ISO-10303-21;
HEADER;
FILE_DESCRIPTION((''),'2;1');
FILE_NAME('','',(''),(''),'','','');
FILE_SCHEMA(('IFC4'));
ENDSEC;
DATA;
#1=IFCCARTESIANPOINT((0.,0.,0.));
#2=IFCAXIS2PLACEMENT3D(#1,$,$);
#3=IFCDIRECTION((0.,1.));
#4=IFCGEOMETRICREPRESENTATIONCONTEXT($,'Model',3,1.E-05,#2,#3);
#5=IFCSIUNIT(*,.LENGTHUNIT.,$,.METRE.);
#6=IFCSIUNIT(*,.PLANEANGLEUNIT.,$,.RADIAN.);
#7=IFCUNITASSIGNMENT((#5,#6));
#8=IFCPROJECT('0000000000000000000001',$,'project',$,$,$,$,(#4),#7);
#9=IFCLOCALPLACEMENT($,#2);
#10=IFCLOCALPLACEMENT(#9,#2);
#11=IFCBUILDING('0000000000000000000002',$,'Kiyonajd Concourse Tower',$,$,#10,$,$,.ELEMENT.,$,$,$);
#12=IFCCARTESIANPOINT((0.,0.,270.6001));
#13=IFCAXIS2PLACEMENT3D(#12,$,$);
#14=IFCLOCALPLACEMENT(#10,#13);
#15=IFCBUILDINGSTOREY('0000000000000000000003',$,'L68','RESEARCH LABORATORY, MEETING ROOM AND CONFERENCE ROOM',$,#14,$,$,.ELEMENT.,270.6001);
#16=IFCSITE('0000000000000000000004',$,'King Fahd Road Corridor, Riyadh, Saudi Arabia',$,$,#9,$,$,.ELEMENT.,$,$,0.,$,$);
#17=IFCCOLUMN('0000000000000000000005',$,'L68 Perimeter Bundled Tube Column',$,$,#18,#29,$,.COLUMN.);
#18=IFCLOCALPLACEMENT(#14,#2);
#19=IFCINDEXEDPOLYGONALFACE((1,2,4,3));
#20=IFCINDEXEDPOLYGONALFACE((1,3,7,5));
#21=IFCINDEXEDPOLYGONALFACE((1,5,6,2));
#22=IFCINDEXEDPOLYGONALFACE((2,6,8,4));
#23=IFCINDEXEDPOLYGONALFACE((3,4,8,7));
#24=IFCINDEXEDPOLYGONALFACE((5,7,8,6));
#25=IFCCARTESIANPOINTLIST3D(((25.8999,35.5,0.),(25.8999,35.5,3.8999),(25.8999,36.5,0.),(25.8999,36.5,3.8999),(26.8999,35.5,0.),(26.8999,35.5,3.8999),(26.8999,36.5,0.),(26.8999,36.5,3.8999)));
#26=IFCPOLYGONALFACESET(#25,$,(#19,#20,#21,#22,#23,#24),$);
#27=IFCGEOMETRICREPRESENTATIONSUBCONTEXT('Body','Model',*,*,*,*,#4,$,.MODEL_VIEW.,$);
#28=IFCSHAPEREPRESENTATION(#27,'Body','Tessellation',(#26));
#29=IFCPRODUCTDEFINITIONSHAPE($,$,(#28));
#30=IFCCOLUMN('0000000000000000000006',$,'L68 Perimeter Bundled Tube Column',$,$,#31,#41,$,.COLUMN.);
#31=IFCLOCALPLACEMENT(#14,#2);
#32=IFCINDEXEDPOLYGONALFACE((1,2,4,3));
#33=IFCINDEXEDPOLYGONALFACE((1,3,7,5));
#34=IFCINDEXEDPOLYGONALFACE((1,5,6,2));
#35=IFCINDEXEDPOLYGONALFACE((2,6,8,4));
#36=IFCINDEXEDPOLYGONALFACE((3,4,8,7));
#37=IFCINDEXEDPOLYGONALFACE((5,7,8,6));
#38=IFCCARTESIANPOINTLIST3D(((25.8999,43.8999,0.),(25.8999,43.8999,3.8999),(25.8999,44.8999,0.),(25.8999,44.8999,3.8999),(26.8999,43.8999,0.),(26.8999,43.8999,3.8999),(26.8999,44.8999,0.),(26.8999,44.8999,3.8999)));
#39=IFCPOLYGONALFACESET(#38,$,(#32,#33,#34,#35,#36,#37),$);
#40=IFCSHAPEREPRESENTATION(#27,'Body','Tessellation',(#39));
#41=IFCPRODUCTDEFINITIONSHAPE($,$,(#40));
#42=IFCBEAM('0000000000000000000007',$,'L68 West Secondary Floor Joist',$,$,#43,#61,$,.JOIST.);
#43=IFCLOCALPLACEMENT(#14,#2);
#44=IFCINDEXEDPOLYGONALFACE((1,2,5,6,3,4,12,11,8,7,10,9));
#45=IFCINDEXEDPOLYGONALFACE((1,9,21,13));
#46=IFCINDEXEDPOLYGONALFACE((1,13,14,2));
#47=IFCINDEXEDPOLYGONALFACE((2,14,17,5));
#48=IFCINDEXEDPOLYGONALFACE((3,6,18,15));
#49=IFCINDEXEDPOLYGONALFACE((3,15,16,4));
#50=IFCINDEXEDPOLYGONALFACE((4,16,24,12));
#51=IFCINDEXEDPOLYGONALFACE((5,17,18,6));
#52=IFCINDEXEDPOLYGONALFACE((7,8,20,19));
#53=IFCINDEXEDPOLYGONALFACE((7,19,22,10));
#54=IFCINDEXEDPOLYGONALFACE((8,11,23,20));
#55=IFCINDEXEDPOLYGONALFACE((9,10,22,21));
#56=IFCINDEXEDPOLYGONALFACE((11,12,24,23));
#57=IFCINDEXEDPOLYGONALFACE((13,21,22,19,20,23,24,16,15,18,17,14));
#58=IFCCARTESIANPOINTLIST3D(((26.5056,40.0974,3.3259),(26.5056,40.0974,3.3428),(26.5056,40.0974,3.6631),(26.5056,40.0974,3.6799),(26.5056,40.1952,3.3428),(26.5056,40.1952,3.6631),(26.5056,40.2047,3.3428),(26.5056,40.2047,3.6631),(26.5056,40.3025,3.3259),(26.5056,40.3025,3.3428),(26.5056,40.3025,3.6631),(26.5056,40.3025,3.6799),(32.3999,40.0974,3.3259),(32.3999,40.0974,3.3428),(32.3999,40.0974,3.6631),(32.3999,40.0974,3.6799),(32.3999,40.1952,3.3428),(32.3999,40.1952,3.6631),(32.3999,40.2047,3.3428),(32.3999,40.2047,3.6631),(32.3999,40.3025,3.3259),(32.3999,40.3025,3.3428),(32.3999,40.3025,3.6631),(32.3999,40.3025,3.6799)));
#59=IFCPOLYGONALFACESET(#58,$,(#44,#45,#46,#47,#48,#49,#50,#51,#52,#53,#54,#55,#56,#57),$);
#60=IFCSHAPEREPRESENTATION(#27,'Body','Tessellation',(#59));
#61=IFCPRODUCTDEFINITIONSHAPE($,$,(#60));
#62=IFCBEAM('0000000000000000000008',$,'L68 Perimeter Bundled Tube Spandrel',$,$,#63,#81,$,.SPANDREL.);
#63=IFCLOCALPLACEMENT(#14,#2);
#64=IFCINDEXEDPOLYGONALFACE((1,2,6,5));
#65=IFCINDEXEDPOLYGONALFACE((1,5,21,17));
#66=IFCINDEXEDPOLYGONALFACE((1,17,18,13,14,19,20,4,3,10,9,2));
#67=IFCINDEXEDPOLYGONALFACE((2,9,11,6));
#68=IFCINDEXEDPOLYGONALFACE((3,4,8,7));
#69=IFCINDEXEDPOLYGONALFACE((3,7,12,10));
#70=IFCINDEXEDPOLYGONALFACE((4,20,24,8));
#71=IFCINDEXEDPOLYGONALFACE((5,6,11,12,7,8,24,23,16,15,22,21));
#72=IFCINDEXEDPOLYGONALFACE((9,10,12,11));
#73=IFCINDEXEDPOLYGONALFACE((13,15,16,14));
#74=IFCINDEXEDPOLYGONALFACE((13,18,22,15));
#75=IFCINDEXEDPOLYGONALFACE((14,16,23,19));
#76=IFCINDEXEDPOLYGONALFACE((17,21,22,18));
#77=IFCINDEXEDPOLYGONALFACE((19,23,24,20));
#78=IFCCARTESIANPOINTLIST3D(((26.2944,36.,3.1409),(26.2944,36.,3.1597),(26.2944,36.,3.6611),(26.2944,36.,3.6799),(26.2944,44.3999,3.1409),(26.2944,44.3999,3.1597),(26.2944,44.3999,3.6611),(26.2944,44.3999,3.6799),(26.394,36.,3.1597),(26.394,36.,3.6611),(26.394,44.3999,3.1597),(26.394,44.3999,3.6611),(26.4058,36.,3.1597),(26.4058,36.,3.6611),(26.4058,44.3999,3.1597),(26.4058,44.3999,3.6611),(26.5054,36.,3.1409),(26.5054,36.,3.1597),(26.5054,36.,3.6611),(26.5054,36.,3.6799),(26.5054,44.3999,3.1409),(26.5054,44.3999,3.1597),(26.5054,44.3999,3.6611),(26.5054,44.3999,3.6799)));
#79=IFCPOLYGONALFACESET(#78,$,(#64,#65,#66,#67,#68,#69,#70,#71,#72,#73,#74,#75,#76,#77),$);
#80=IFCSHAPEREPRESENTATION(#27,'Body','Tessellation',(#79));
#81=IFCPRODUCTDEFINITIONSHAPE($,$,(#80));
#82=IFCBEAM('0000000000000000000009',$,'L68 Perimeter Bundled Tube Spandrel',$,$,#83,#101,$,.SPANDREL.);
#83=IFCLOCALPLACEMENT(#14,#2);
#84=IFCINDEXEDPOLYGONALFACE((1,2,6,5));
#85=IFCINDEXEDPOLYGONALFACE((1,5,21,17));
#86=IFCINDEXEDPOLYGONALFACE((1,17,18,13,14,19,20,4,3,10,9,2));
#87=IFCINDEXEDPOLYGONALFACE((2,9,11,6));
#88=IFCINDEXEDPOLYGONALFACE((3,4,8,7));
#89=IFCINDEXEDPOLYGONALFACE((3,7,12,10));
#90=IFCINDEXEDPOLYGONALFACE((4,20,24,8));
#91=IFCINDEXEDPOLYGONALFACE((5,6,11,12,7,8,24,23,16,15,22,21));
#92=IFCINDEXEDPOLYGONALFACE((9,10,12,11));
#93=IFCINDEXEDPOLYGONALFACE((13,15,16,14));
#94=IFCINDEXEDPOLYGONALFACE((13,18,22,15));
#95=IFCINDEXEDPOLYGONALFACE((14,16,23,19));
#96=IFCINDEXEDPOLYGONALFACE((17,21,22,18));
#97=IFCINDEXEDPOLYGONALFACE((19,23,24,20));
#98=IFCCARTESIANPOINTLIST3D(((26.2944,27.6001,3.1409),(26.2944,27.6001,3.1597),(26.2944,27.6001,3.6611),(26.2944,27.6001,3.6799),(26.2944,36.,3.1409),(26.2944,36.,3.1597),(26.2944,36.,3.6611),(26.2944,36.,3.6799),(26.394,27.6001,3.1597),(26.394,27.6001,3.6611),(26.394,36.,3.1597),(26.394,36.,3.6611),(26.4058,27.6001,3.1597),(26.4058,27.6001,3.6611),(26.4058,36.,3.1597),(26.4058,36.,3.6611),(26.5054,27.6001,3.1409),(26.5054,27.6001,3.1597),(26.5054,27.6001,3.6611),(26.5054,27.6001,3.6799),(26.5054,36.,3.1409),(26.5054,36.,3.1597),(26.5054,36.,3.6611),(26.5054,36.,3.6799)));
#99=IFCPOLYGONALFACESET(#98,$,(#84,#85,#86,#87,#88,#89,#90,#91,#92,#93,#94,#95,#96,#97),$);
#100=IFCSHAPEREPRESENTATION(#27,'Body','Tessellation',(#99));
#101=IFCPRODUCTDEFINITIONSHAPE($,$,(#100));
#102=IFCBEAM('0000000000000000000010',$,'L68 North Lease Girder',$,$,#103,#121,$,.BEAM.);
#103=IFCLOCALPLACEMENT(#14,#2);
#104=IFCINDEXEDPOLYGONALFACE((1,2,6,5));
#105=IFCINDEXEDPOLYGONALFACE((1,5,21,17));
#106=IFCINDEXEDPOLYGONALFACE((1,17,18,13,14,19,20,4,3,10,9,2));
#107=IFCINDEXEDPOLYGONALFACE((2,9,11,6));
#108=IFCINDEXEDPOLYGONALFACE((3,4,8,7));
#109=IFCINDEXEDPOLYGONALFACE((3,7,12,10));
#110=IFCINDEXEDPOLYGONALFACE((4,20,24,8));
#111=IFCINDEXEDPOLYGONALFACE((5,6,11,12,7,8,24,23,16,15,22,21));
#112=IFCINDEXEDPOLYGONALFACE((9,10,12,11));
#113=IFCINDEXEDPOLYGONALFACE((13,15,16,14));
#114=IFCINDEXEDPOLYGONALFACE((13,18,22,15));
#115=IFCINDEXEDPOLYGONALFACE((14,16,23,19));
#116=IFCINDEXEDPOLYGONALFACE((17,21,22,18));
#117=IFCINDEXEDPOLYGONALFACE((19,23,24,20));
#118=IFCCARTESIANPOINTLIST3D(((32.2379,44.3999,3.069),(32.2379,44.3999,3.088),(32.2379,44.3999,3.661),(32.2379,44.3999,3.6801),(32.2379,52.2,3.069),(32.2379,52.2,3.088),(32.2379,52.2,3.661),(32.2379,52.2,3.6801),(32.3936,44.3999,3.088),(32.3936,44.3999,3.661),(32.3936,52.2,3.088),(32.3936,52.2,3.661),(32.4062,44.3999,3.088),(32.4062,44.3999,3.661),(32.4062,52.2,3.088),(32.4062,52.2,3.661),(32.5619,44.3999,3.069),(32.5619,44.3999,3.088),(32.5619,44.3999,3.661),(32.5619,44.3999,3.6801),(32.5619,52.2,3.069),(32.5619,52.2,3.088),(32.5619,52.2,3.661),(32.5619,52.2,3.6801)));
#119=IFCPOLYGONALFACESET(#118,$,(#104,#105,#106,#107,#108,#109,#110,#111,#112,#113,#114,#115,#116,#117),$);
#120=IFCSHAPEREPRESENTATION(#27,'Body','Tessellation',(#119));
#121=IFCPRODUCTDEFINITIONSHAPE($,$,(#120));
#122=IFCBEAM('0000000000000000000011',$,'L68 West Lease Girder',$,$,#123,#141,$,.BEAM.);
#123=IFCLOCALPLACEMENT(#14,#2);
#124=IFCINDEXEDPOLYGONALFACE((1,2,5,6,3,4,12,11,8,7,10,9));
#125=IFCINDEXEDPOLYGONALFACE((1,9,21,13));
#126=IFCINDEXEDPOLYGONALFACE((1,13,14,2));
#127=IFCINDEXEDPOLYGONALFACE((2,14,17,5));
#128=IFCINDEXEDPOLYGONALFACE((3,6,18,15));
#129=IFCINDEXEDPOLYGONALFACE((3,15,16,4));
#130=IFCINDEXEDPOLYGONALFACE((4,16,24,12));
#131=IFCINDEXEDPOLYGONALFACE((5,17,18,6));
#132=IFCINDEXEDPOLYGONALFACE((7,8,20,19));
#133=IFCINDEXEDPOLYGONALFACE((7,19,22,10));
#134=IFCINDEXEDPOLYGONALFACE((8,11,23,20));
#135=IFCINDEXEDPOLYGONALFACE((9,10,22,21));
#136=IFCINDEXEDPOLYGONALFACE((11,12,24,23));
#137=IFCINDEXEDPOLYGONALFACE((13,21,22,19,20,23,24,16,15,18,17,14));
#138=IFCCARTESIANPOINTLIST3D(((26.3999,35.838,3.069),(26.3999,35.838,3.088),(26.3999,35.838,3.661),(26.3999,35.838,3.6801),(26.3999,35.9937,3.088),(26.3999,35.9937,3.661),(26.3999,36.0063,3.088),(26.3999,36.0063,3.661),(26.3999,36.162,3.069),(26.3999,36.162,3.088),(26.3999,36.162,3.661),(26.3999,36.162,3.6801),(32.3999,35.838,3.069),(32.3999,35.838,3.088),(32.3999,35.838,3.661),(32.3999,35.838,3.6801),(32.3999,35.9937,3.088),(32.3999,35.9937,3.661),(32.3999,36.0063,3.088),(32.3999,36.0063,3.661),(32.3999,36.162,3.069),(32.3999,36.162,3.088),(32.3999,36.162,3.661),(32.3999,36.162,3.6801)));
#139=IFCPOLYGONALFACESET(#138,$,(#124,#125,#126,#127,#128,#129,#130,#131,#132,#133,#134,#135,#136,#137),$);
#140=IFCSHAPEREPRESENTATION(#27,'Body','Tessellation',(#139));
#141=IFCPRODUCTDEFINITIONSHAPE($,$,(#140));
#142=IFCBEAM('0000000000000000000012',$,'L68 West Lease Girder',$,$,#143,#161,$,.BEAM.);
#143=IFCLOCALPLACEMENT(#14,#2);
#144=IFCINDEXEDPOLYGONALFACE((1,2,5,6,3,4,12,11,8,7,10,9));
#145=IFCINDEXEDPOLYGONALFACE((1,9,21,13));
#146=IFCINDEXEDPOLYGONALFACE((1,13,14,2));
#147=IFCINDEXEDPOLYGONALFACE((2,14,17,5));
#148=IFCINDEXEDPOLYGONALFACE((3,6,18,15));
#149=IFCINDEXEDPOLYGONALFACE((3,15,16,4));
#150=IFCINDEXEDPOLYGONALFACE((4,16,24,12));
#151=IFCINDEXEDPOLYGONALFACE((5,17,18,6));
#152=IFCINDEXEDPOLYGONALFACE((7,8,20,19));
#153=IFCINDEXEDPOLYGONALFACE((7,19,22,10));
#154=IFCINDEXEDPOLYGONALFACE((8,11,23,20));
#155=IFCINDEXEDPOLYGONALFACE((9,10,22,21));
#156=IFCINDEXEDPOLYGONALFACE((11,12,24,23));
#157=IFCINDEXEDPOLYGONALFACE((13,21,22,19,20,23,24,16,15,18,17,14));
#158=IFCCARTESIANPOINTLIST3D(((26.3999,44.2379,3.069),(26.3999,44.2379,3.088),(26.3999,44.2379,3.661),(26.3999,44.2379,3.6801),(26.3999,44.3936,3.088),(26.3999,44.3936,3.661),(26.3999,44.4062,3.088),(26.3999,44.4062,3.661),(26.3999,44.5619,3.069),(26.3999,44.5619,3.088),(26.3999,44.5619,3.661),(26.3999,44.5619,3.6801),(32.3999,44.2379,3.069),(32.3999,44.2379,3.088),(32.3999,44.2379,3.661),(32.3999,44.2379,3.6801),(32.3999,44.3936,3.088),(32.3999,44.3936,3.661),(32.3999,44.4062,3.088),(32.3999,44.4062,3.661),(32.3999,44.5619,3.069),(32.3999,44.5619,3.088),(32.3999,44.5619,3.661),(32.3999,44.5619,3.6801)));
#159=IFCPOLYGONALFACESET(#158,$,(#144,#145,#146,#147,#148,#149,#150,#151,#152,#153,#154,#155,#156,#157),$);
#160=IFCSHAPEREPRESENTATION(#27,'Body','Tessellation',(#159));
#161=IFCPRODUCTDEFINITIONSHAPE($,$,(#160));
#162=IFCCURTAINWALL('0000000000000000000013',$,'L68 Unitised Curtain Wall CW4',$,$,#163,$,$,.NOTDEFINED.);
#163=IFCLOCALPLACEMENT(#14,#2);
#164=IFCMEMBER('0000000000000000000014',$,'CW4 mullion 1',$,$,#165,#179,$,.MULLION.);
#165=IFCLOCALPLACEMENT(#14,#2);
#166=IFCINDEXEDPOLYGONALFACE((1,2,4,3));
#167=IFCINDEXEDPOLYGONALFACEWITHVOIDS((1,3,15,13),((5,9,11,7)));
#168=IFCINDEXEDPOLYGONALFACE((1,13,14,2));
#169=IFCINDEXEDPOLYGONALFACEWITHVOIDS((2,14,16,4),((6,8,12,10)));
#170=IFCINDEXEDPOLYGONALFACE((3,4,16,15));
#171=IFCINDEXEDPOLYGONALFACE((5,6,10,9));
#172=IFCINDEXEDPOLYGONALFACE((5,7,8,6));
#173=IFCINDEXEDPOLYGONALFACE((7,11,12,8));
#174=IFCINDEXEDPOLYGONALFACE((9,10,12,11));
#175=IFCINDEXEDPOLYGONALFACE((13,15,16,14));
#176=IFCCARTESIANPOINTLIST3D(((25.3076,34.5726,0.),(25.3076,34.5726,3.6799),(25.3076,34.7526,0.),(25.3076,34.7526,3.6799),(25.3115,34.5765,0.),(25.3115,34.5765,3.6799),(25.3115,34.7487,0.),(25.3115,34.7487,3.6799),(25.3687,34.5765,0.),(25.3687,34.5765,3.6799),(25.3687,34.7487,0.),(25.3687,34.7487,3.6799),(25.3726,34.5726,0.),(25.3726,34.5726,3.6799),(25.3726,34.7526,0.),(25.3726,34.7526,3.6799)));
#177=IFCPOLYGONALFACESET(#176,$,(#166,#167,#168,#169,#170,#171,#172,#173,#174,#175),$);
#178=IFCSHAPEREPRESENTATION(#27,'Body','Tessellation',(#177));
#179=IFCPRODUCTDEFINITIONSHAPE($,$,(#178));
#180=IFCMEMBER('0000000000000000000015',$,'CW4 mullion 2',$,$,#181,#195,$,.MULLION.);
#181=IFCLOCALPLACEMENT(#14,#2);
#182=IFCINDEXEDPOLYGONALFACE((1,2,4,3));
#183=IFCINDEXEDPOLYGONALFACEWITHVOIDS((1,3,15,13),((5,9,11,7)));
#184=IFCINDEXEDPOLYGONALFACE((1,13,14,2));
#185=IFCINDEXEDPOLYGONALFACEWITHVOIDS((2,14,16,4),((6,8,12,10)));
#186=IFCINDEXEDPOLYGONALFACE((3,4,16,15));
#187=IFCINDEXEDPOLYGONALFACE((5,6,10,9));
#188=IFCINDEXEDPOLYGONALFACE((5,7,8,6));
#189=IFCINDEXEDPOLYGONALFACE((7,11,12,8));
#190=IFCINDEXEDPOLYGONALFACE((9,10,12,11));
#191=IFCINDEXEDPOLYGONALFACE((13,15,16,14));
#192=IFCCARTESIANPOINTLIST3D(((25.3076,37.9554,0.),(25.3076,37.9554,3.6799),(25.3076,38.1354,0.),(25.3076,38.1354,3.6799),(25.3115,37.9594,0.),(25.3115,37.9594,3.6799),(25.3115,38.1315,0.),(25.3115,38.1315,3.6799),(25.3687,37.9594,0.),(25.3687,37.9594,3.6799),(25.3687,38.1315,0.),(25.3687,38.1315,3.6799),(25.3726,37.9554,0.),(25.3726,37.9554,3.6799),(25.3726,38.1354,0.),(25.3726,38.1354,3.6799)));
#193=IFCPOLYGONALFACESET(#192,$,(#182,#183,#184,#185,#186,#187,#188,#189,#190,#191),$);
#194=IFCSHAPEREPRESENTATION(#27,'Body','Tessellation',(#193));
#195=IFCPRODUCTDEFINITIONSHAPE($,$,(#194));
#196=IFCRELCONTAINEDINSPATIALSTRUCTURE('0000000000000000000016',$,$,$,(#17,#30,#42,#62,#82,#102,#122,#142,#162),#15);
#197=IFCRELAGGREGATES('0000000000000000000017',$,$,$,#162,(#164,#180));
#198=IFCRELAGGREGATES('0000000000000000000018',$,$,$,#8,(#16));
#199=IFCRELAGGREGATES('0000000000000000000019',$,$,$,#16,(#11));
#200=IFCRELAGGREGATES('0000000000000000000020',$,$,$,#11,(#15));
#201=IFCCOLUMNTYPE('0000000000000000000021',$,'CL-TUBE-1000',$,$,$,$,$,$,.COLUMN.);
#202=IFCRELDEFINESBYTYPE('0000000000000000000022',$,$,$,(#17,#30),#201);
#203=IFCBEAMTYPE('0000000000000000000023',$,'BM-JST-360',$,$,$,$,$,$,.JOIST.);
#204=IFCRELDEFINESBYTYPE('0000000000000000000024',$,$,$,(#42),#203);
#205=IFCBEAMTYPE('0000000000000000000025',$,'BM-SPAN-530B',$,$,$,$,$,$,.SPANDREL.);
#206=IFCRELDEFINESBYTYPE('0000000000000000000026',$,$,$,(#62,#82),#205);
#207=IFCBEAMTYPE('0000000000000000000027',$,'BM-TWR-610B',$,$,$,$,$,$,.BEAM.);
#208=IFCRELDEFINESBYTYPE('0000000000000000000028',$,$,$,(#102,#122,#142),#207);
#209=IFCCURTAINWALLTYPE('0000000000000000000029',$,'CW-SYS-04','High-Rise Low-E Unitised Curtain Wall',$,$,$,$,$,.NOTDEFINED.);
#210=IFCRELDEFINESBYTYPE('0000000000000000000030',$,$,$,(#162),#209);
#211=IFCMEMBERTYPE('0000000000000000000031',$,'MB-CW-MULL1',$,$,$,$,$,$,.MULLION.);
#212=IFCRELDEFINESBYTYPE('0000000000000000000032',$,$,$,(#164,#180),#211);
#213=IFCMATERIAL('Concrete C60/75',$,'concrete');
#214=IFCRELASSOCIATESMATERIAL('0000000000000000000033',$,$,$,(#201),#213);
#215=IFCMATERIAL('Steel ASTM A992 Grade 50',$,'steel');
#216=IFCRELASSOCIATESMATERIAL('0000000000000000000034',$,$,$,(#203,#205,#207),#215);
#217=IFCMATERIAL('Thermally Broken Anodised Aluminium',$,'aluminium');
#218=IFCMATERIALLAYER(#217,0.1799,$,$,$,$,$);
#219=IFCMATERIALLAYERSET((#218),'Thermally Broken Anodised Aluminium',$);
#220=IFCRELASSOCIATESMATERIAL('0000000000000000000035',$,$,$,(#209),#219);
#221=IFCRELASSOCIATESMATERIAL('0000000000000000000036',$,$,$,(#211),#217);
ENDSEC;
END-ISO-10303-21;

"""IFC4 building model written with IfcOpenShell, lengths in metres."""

from ifc_helpers import new_model, si_unit, direction, frame, origin, origin_2d, place, context, subcontext, project, spatial, rectangle, hollow_rectangle, i_section, extrude, material, layer, layer_set, material_profile, profile_set, type_object, element, aggregate, save


model = new_model("IFC4")

# Units and contexts
model_context = context("Model", 3, precision=1e-05, world=origin(), true_north=direction((0.0, 1.0)))
body_context = subcontext(model_context, "Body", "Model", "MODEL_VIEW")
ifc_project = project(units=[si_unit("LENGTHUNIT", "METRE"), si_unit("PLANEANGLEUNIT", "RADIAN")], contexts=[model_context])

# Site, building, storey
site_placement = place(None, origin())
site = spatial("IfcSite", under=ifc_project, at=site_placement, Name="King Fahd Road Corridor, Riyadh, Saudi Arabia", CompositionType="ELEMENT", RefElevation=0.0)
building_placement = place(site_placement, origin())
building = spatial("IfcBuilding", under=site, at=building_placement, Name="Kiyonajd Concourse Tower", CompositionType="ELEMENT")
storey_placement = place(building_placement, frame((0.0, 0.0, 270.6001)))
storey = spatial("IfcBuildingStorey", under=building, at=storey_placement, Name="L68", Description="RESEARCH LABORATORY, MEETING ROOM AND CONFERENCE ROOM", CompositionType="ELEMENT", Elevation=270.6001)

# Columns
ifc_material_1 = material(Name="Concrete C60/75", Category="concrete")
ifc_material_profile_1 = material_profile(ifc_material_1, rectangle(XDim=1.0, YDim=1.0, at=origin_2d()), Name="RC-1000x1000")
ifc_profile_set_1 = profile_set([ifc_material_profile_1], Name="Concrete C60/75")
column_type = type_object("IfcColumnType", Name="CL-TUBE-1000", PredefinedType="COLUMN", material=ifc_profile_set_1)
for number, where, z_axis, x_axis, name in (
    (1, (26.3999, 36.0, 0.0), (0.0, 0.0, 1.0), (1.0, 0.0, 0.0), "L68 Perimeter Bundled Tube Column"),
    (2, (26.3999, 44.3999, 0.0), (0.0, 0.0, 1.0), (1.0, 0.0, 0.0), "L68 Perimeter Bundled Tube Column"),
):
    element("IfcColumn", number, at=place(storey_placement, frame(where, z_axis=z_axis, x_axis=x_axis)), inside=storey, type_object=column_type, Name=name, PredefinedType="COLUMN", context=body_context, shape_type="SweptSolid", body=[
        extrude(rectangle(XDim=1.0, YDim=1.0, at=origin_2d()), origin(), (0.0, 0.0, 1.0), 3.8999),
    ])

# Beams
ifc_material_2 = material(Name="Steel ASTM A992 Grade 50", Category="steel")
ifc_material_profile_2 = material_profile(ifc_material_2, i_section(OverallWidth=0.2051, OverallDepth=0.354, WebThickness=0.0095, FlangeThickness=0.0168, at=origin_2d()), Name="W360X79")
ifc_profile_set_2 = profile_set([ifc_material_profile_2], Name="Steel ASTM A992 Grade 50")
beam_type_1 = type_object("IfcBeamType", Name="BM-JST-360", PredefinedType="JOIST", material=ifc_profile_set_2)
beam_1_placement = place(storey_placement, frame((26.5056, 40.2, 3.5029), z_axis=(1.0, 0.0, 0.0), x_axis=(0.0, 1.0, 0.0)))
element("IfcBeam", 3, at=beam_1_placement, inside=storey, type_object=beam_type_1, Name="L68 West Secondary Floor Joist", PredefinedType="JOIST", context=body_context, shape_type="SweptSolid", body=[
    extrude(i_section(OverallWidth=0.2051, OverallDepth=0.354, WebThickness=0.0095, FlangeThickness=0.0168, at=origin_2d()), origin(), (0.0, 0.0, 1.0), 5.8943),
])
ifc_material_profile_3 = material_profile(ifc_material_2, i_section(OverallWidth=0.2109, OverallDepth=0.5391, WebThickness=0.0117, FlangeThickness=0.0188, at=origin_2d()), Name="W530X109")
ifc_profile_set_3 = profile_set([ifc_material_profile_3], Name="Steel ASTM A992 Grade 50")
beam_type_2 = type_object("IfcBeamType", Name="BM-SPAN-530B", PredefinedType="SPANDREL", material=ifc_profile_set_3)
for number, where, z_axis, x_axis, name in (
    (4, (26.3999, 44.3999, 3.4104), (0.0, -1.0, 0.0), (1.0, 0.0, 0.0), "L68 Perimeter Bundled Tube Spandrel"),
    (5, (26.3999, 36.0, 3.4104), (0.0, -1.0, 0.0), (1.0, 0.0, 0.0), "L68 Perimeter Bundled Tube Spandrel"),
):
    element("IfcBeam", number, at=place(storey_placement, frame(where, z_axis=z_axis, x_axis=x_axis)), inside=storey, type_object=beam_type_2, Name=name, PredefinedType="SPANDREL", context=body_context, shape_type="SweptSolid", body=[
        extrude(i_section(OverallWidth=0.2109, OverallDepth=0.5391, WebThickness=0.0117, FlangeThickness=0.0188, at=origin_2d()), origin(), (0.0, 0.0, 1.0), 8.3999),
    ])
ifc_material_profile_4 = material_profile(ifc_material_2, i_section(OverallWidth=0.324, OverallDepth=0.6111, WebThickness=0.0127, FlangeThickness=0.019, at=origin_2d()), Name="W610X155")
ifc_profile_set_4 = profile_set([ifc_material_profile_4], Name="Steel ASTM A992 Grade 50")
beam_type_3 = type_object("IfcBeamType", Name="BM-TWR-610B", PredefinedType="BEAM", material=ifc_profile_set_4)
beam_2_placement = place(storey_placement, frame((32.3999, 44.3999, 3.3745), z_axis=(0.0, 1.0, 0.0), x_axis=(-1.0, 0.0, 0.0)))
element("IfcBeam", 6, at=beam_2_placement, inside=storey, type_object=beam_type_3, Name="L68 North Lease Girder", PredefinedType="BEAM", context=body_context, shape_type="SweptSolid", body=[
    extrude(i_section(OverallWidth=0.324, OverallDepth=0.6111, WebThickness=0.0127, FlangeThickness=0.019, at=origin_2d()), origin(), (0.0, 0.0, 1.0), 7.8),
])
for number, where, z_axis, x_axis, name in (
    (7, (26.3999, 36.0, 3.3745), (1.0, 0.0, 0.0), (0.0, 1.0, 0.0), "L68 West Lease Girder"),
    (8, (26.3999, 44.3999, 3.3745), (1.0, 0.0, 0.0), (0.0, 1.0, 0.0), "L68 West Lease Girder"),
):
    element("IfcBeam", number, at=place(storey_placement, frame(where, z_axis=z_axis, x_axis=x_axis)), inside=storey, type_object=beam_type_3, Name=name, PredefinedType="BEAM", context=body_context, shape_type="SweptSolid", body=[
        extrude(i_section(OverallWidth=0.324, OverallDepth=0.6111, WebThickness=0.0127, FlangeThickness=0.019, at=origin_2d()), origin(), (0.0, 0.0, 1.0), 6.0),
    ])

# Curtain wall, members
ifc_material_3 = material(Name="Thermally Broken Anodised Aluminium", Category="aluminium")
ifc_layer_1 = layer(ifc_material_3, 0.1799)
ifc_layer_set_1 = layer_set([ifc_layer_1], Name="Thermally Broken Anodised Aluminium")
curtain_wall_type = type_object("IfcCurtainWallType", Name="CW-SYS-04", Description="High-Rise Low-E Unitised Curtain Wall", PredefinedType="NOTDEFINED", material=ifc_layer_set_1)
curtain_wall_placement = place(storey_placement, origin())
curtain_wall = element("IfcCurtainWall", 9, at=curtain_wall_placement, inside=storey, type_object=curtain_wall_type, Name="L68 Unitised Curtain Wall CW4", PredefinedType="NOTDEFINED")
ifc_material_profile_5 = material_profile(ifc_material_3, hollow_rectangle(XDim=0.0649, YDim=0.1799, WallThickness=0.0039, at=origin_2d()), Name="MULL-65x180")
ifc_profile_set_5 = profile_set([ifc_material_profile_5], Name="Thermally Broken Anodised Aluminium")
member_type_1 = type_object("IfcMemberType", Name="MB-CW-MULL1", PredefinedType="MULLION", material=ifc_profile_set_5)
member_1_placement = place(storey_placement, frame((25.3401, 34.6626, 0.0), z_axis=(0.0, 0.0, 1.0), x_axis=(-1.0, 0.0, 0.0)))
member_1 = element("IfcMember", 10, at=member_1_placement, type_object=member_type_1, Name="CW4 mullion 1", PredefinedType="MULLION", context=body_context, shape_type="SweptSolid", body=[
    extrude(hollow_rectangle(XDim=0.0649, YDim=0.1799, WallThickness=0.0039, at=origin_2d()), origin(), (0.0, 0.0, 1.0), 3.6799),
])
member_2_placement = place(storey_placement, frame((25.3401, 38.0454, 0.0), z_axis=(0.0, 0.0, 1.0), x_axis=(-1.0, 0.0, 0.0)))
member_2 = element("IfcMember", 11, at=member_2_placement, type_object=member_type_1, Name="CW4 mullion 2", PredefinedType="MULLION", context=body_context, shape_type="SweptSolid", body=[
    extrude(hollow_rectangle(XDim=0.0649, YDim=0.1799, WallThickness=0.0039, at=origin_2d()), origin(), (0.0, 0.0, 1.0), 3.6799),
])

aggregate(curtain_wall, [member_1, member_2])

save(model, "model.ifc")
